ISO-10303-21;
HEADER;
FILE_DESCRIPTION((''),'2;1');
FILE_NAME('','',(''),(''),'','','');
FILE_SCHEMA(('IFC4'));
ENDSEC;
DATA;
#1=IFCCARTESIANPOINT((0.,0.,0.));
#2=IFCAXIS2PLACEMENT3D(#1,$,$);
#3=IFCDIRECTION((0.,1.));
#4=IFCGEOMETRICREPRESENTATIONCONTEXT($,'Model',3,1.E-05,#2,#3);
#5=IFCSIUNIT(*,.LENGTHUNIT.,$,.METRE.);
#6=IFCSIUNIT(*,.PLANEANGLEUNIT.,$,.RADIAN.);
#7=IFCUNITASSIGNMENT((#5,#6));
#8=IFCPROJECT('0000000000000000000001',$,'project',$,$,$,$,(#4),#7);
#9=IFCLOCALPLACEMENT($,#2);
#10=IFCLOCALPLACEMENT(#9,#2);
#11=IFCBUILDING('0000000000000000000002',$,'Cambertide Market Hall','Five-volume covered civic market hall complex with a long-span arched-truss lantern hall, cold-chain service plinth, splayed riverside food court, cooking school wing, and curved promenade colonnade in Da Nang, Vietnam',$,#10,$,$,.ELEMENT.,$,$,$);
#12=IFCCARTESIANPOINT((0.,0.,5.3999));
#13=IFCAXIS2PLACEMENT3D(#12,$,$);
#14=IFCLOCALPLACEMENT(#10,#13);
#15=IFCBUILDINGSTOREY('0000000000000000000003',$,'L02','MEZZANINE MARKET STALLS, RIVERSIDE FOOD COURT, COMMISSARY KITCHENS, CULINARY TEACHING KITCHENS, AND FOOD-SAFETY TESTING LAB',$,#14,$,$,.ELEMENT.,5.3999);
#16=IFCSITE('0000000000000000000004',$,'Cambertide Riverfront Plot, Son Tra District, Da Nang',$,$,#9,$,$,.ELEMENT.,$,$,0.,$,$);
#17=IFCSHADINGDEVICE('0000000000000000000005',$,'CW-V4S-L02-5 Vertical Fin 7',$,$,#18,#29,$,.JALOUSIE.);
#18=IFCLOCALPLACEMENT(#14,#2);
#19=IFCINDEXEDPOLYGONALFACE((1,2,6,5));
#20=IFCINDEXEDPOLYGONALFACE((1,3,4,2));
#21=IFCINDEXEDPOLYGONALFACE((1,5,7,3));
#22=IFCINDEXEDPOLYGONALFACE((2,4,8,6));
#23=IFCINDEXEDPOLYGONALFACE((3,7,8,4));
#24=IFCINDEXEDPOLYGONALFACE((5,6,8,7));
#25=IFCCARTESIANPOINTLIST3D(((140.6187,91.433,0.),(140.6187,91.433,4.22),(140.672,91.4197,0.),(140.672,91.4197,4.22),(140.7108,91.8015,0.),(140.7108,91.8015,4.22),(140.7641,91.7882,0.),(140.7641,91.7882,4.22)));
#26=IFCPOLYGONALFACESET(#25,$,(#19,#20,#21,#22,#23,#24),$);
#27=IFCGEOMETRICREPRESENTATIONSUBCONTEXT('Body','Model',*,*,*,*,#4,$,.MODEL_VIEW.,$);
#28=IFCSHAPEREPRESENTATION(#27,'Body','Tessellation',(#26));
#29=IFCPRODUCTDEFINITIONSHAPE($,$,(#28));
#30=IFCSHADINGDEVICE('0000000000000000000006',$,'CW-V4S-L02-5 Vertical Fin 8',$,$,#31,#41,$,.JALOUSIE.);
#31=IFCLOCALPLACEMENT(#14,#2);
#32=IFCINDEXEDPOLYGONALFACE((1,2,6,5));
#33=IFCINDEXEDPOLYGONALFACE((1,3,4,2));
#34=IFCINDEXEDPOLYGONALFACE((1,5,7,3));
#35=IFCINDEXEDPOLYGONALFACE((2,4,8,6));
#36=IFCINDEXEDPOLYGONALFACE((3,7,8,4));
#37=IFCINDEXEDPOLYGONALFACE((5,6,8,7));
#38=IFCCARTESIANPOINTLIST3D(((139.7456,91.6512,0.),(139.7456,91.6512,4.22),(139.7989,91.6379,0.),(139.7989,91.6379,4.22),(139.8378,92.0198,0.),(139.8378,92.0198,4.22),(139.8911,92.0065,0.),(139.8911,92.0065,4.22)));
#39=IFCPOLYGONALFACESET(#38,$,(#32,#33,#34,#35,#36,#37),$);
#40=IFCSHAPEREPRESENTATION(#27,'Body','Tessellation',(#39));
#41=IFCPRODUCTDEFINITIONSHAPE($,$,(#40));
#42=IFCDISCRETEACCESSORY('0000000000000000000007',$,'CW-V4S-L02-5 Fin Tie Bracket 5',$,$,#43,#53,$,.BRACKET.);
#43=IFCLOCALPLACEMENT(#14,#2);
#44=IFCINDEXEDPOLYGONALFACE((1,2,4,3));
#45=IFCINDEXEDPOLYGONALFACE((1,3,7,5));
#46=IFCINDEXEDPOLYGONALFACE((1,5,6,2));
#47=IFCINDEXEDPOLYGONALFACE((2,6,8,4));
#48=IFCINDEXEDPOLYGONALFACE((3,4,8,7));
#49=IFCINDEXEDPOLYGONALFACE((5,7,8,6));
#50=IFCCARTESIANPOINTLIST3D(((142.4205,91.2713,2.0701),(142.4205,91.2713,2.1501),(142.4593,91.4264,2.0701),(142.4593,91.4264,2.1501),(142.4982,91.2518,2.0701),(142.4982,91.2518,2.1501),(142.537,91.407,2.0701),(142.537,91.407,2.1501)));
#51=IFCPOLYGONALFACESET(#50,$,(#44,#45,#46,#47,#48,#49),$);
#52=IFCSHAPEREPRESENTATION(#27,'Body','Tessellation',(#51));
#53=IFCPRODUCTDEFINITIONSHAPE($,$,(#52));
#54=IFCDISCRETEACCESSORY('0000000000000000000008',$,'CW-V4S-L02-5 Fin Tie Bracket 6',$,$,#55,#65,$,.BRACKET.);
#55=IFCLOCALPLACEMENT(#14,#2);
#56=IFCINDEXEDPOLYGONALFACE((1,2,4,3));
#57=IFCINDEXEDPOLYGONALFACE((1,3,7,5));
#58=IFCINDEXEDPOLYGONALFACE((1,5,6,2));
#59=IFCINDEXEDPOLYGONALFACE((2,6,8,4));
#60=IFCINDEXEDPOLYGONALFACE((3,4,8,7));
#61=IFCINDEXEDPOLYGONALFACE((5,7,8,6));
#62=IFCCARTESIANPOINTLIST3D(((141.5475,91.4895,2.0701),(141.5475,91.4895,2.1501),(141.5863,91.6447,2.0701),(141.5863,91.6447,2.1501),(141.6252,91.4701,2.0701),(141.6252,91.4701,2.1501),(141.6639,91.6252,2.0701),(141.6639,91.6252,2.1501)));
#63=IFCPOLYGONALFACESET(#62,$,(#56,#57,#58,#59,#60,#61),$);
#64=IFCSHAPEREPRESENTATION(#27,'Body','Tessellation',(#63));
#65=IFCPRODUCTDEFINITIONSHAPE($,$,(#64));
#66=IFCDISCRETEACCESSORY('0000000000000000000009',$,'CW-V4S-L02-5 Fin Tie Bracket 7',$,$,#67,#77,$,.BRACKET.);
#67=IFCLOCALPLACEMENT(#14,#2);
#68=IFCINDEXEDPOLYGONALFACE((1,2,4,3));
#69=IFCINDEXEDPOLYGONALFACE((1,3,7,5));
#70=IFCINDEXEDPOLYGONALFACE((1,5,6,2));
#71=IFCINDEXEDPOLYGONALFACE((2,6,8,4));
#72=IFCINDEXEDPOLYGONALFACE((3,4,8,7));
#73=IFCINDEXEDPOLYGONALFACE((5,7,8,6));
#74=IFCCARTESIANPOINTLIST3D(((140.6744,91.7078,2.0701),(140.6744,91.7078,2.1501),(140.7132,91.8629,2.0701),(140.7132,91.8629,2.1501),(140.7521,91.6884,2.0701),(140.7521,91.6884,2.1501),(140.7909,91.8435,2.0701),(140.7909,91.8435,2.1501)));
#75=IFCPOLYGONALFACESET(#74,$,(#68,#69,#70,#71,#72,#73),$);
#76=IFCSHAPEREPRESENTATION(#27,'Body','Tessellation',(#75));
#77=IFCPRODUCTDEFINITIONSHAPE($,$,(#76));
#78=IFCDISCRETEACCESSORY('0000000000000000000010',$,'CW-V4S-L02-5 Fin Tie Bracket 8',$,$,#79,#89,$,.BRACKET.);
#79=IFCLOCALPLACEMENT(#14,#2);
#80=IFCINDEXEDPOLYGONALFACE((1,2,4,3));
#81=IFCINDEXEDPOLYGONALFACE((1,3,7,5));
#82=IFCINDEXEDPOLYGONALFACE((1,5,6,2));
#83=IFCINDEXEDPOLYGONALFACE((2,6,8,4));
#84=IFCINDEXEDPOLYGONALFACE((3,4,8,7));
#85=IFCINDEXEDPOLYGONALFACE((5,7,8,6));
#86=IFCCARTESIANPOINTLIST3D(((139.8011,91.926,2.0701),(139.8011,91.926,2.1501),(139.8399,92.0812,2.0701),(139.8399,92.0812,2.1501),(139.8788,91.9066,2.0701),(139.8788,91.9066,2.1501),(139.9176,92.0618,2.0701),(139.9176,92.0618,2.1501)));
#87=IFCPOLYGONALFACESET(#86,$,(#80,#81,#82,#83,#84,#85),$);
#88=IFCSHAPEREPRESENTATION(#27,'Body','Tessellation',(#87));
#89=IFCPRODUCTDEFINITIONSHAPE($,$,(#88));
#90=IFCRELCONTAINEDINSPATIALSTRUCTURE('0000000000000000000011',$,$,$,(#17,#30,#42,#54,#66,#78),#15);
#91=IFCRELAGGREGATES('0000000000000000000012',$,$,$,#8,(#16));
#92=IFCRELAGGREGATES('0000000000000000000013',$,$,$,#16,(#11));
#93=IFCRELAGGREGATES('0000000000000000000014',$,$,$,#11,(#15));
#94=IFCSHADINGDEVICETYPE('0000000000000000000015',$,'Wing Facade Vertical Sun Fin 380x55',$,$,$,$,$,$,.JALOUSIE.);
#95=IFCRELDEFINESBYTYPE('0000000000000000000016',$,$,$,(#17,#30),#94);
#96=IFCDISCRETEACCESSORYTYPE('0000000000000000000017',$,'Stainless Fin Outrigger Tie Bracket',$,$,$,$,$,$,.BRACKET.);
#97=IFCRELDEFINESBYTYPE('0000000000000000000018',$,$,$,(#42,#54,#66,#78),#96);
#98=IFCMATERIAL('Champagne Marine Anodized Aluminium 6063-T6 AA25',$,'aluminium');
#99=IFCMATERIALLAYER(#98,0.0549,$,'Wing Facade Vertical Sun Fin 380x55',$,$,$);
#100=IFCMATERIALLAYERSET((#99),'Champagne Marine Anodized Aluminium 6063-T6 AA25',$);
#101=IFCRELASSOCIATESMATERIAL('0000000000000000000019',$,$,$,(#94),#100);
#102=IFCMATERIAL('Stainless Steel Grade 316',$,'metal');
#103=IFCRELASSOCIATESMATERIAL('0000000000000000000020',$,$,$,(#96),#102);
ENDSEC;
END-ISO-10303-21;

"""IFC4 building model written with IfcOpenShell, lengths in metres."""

from ifc_helpers import new_model, si_unit, direction, frame, origin, origin_2d, place, context, subcontext, project, spatial, rectangle, extrude, material, layer, layer_set, type_object, element, save


model = new_model("IFC4")

# Units and contexts
model_context = context("Model", 3, precision=1e-05, world=origin(), true_north=direction((0.0, 1.0)))
body_context = subcontext(model_context, "Body", "Model", "MODEL_VIEW")
ifc_project = project(units=[si_unit("LENGTHUNIT", "METRE"), si_unit("PLANEANGLEUNIT", "RADIAN")], contexts=[model_context])

# Site, building, storey
site_placement = place(None, origin())
site = spatial("IfcSite", under=ifc_project, at=site_placement, Name="Cambertide Riverfront Plot, Son Tra District, Da Nang", CompositionType="ELEMENT", RefElevation=0.0)
building_placement = place(site_placement, origin())
building = spatial("IfcBuilding", under=site, at=building_placement, Name="Cambertide Market Hall", Description="Five-volume covered civic market hall complex with a long-span arched-truss lantern hall, cold-chain service plinth, splayed riverside food court, cooking school wing, and curved promenade colonnade in Da Nang, Vietnam", CompositionType="ELEMENT")
storey_placement = place(building_placement, frame((0.0, 0.0, 5.3999)))
storey = spatial("IfcBuildingStorey", under=building, at=storey_placement, Name="L02", Description="MEZZANINE MARKET STALLS, RIVERSIDE FOOD COURT, COMMISSARY KITCHENS, CULINARY TEACHING KITCHENS, AND FOOD-SAFETY TESTING LAB", CompositionType="ELEMENT", Elevation=5.3999)

# Shading devices
ifc_material_1 = material(Name="Champagne Marine Anodized Aluminium 6063-T6 AA25", Category="aluminium")
ifc_layer_1 = layer(ifc_material_1, 0.0549, Name="Wing Facade Vertical Sun Fin 380x55")
ifc_layer_set_1 = layer_set([ifc_layer_1], Name="Champagne Marine Anodized Aluminium 6063-T6 AA25")
shading_device_type = type_object("IfcShadingDeviceType", Name="Wing Facade Vertical Sun Fin 380x55", PredefinedType="JALOUSIE", material=ifc_layer_set_1)
for number, where, z_axis, x_axis, name in (
    (1, (140.6914, 91.6106, 0.0), (0.0, 0.0, 1.0), (-0.970143, 0.242535, 0.0), "CW-V4S-L02-5 Vertical Fin 7"),
    (2, (139.8184, 91.8289, 0.0), (0.0, 0.0, 1.0), (-0.970143, 0.242535, 0.0), "CW-V4S-L02-5 Vertical Fin 8"),
):
    element("IfcShadingDevice", number, at=place(storey_placement, frame(where, z_axis=z_axis, x_axis=x_axis)), inside=storey, type_object=shading_device_type, Name=name, PredefinedType="JALOUSIE", context=body_context, shape_type="SweptSolid", body=[
        extrude(rectangle(XDim=0.0549, YDim=0.3799, at=origin_2d()), origin(), (0.0, 0.0, 1.0), 4.22),
    ])

# Discrete accessories
ifc_material_2 = material(Name="Stainless Steel Grade 316", Category="metal")
discrete_accessory_type = type_object("IfcDiscreteAccessoryType", Name="Stainless Fin Outrigger Tie Bracket", PredefinedType="BRACKET", material=ifc_material_2)
for number, where, z_axis, x_axis, name in (
    (3, (142.4788, 91.3391, 2.0701), (0.0, 0.0, 1.0), (-0.970143, 0.242535, 0.0), "CW-V4S-L02-5 Fin Tie Bracket 5"),
    (4, (141.6057, 91.5574, 2.0701), (0.0, 0.0, 1.0), (-0.970143, 0.242535, 0.0), "CW-V4S-L02-5 Fin Tie Bracket 6"),
    (5, (140.7327, 91.7756, 2.0701), (0.0, 0.0, 1.0), (-0.970143, 0.242535, 0.0), "CW-V4S-L02-5 Fin Tie Bracket 7"),
    (6, (139.8594, 91.9939, 2.0701), (0.0, 0.0, 1.0), (-0.970143, 0.242535, 0.0), "CW-V4S-L02-5 Fin Tie Bracket 8"),
):
    element("IfcDiscreteAccessory", number, at=place(storey_placement, frame(where, z_axis=z_axis, x_axis=x_axis)), inside=storey, type_object=discrete_accessory_type, Name=name, PredefinedType="BRACKET", context=body_context, shape_type="SweptSolid", body=[
        extrude(rectangle(XDim=0.0801, YDim=0.1599, at=origin_2d()), origin(), (0.0, 0.0, 1.0), 0.0801),
    ])

save(model, "model.ifc")
